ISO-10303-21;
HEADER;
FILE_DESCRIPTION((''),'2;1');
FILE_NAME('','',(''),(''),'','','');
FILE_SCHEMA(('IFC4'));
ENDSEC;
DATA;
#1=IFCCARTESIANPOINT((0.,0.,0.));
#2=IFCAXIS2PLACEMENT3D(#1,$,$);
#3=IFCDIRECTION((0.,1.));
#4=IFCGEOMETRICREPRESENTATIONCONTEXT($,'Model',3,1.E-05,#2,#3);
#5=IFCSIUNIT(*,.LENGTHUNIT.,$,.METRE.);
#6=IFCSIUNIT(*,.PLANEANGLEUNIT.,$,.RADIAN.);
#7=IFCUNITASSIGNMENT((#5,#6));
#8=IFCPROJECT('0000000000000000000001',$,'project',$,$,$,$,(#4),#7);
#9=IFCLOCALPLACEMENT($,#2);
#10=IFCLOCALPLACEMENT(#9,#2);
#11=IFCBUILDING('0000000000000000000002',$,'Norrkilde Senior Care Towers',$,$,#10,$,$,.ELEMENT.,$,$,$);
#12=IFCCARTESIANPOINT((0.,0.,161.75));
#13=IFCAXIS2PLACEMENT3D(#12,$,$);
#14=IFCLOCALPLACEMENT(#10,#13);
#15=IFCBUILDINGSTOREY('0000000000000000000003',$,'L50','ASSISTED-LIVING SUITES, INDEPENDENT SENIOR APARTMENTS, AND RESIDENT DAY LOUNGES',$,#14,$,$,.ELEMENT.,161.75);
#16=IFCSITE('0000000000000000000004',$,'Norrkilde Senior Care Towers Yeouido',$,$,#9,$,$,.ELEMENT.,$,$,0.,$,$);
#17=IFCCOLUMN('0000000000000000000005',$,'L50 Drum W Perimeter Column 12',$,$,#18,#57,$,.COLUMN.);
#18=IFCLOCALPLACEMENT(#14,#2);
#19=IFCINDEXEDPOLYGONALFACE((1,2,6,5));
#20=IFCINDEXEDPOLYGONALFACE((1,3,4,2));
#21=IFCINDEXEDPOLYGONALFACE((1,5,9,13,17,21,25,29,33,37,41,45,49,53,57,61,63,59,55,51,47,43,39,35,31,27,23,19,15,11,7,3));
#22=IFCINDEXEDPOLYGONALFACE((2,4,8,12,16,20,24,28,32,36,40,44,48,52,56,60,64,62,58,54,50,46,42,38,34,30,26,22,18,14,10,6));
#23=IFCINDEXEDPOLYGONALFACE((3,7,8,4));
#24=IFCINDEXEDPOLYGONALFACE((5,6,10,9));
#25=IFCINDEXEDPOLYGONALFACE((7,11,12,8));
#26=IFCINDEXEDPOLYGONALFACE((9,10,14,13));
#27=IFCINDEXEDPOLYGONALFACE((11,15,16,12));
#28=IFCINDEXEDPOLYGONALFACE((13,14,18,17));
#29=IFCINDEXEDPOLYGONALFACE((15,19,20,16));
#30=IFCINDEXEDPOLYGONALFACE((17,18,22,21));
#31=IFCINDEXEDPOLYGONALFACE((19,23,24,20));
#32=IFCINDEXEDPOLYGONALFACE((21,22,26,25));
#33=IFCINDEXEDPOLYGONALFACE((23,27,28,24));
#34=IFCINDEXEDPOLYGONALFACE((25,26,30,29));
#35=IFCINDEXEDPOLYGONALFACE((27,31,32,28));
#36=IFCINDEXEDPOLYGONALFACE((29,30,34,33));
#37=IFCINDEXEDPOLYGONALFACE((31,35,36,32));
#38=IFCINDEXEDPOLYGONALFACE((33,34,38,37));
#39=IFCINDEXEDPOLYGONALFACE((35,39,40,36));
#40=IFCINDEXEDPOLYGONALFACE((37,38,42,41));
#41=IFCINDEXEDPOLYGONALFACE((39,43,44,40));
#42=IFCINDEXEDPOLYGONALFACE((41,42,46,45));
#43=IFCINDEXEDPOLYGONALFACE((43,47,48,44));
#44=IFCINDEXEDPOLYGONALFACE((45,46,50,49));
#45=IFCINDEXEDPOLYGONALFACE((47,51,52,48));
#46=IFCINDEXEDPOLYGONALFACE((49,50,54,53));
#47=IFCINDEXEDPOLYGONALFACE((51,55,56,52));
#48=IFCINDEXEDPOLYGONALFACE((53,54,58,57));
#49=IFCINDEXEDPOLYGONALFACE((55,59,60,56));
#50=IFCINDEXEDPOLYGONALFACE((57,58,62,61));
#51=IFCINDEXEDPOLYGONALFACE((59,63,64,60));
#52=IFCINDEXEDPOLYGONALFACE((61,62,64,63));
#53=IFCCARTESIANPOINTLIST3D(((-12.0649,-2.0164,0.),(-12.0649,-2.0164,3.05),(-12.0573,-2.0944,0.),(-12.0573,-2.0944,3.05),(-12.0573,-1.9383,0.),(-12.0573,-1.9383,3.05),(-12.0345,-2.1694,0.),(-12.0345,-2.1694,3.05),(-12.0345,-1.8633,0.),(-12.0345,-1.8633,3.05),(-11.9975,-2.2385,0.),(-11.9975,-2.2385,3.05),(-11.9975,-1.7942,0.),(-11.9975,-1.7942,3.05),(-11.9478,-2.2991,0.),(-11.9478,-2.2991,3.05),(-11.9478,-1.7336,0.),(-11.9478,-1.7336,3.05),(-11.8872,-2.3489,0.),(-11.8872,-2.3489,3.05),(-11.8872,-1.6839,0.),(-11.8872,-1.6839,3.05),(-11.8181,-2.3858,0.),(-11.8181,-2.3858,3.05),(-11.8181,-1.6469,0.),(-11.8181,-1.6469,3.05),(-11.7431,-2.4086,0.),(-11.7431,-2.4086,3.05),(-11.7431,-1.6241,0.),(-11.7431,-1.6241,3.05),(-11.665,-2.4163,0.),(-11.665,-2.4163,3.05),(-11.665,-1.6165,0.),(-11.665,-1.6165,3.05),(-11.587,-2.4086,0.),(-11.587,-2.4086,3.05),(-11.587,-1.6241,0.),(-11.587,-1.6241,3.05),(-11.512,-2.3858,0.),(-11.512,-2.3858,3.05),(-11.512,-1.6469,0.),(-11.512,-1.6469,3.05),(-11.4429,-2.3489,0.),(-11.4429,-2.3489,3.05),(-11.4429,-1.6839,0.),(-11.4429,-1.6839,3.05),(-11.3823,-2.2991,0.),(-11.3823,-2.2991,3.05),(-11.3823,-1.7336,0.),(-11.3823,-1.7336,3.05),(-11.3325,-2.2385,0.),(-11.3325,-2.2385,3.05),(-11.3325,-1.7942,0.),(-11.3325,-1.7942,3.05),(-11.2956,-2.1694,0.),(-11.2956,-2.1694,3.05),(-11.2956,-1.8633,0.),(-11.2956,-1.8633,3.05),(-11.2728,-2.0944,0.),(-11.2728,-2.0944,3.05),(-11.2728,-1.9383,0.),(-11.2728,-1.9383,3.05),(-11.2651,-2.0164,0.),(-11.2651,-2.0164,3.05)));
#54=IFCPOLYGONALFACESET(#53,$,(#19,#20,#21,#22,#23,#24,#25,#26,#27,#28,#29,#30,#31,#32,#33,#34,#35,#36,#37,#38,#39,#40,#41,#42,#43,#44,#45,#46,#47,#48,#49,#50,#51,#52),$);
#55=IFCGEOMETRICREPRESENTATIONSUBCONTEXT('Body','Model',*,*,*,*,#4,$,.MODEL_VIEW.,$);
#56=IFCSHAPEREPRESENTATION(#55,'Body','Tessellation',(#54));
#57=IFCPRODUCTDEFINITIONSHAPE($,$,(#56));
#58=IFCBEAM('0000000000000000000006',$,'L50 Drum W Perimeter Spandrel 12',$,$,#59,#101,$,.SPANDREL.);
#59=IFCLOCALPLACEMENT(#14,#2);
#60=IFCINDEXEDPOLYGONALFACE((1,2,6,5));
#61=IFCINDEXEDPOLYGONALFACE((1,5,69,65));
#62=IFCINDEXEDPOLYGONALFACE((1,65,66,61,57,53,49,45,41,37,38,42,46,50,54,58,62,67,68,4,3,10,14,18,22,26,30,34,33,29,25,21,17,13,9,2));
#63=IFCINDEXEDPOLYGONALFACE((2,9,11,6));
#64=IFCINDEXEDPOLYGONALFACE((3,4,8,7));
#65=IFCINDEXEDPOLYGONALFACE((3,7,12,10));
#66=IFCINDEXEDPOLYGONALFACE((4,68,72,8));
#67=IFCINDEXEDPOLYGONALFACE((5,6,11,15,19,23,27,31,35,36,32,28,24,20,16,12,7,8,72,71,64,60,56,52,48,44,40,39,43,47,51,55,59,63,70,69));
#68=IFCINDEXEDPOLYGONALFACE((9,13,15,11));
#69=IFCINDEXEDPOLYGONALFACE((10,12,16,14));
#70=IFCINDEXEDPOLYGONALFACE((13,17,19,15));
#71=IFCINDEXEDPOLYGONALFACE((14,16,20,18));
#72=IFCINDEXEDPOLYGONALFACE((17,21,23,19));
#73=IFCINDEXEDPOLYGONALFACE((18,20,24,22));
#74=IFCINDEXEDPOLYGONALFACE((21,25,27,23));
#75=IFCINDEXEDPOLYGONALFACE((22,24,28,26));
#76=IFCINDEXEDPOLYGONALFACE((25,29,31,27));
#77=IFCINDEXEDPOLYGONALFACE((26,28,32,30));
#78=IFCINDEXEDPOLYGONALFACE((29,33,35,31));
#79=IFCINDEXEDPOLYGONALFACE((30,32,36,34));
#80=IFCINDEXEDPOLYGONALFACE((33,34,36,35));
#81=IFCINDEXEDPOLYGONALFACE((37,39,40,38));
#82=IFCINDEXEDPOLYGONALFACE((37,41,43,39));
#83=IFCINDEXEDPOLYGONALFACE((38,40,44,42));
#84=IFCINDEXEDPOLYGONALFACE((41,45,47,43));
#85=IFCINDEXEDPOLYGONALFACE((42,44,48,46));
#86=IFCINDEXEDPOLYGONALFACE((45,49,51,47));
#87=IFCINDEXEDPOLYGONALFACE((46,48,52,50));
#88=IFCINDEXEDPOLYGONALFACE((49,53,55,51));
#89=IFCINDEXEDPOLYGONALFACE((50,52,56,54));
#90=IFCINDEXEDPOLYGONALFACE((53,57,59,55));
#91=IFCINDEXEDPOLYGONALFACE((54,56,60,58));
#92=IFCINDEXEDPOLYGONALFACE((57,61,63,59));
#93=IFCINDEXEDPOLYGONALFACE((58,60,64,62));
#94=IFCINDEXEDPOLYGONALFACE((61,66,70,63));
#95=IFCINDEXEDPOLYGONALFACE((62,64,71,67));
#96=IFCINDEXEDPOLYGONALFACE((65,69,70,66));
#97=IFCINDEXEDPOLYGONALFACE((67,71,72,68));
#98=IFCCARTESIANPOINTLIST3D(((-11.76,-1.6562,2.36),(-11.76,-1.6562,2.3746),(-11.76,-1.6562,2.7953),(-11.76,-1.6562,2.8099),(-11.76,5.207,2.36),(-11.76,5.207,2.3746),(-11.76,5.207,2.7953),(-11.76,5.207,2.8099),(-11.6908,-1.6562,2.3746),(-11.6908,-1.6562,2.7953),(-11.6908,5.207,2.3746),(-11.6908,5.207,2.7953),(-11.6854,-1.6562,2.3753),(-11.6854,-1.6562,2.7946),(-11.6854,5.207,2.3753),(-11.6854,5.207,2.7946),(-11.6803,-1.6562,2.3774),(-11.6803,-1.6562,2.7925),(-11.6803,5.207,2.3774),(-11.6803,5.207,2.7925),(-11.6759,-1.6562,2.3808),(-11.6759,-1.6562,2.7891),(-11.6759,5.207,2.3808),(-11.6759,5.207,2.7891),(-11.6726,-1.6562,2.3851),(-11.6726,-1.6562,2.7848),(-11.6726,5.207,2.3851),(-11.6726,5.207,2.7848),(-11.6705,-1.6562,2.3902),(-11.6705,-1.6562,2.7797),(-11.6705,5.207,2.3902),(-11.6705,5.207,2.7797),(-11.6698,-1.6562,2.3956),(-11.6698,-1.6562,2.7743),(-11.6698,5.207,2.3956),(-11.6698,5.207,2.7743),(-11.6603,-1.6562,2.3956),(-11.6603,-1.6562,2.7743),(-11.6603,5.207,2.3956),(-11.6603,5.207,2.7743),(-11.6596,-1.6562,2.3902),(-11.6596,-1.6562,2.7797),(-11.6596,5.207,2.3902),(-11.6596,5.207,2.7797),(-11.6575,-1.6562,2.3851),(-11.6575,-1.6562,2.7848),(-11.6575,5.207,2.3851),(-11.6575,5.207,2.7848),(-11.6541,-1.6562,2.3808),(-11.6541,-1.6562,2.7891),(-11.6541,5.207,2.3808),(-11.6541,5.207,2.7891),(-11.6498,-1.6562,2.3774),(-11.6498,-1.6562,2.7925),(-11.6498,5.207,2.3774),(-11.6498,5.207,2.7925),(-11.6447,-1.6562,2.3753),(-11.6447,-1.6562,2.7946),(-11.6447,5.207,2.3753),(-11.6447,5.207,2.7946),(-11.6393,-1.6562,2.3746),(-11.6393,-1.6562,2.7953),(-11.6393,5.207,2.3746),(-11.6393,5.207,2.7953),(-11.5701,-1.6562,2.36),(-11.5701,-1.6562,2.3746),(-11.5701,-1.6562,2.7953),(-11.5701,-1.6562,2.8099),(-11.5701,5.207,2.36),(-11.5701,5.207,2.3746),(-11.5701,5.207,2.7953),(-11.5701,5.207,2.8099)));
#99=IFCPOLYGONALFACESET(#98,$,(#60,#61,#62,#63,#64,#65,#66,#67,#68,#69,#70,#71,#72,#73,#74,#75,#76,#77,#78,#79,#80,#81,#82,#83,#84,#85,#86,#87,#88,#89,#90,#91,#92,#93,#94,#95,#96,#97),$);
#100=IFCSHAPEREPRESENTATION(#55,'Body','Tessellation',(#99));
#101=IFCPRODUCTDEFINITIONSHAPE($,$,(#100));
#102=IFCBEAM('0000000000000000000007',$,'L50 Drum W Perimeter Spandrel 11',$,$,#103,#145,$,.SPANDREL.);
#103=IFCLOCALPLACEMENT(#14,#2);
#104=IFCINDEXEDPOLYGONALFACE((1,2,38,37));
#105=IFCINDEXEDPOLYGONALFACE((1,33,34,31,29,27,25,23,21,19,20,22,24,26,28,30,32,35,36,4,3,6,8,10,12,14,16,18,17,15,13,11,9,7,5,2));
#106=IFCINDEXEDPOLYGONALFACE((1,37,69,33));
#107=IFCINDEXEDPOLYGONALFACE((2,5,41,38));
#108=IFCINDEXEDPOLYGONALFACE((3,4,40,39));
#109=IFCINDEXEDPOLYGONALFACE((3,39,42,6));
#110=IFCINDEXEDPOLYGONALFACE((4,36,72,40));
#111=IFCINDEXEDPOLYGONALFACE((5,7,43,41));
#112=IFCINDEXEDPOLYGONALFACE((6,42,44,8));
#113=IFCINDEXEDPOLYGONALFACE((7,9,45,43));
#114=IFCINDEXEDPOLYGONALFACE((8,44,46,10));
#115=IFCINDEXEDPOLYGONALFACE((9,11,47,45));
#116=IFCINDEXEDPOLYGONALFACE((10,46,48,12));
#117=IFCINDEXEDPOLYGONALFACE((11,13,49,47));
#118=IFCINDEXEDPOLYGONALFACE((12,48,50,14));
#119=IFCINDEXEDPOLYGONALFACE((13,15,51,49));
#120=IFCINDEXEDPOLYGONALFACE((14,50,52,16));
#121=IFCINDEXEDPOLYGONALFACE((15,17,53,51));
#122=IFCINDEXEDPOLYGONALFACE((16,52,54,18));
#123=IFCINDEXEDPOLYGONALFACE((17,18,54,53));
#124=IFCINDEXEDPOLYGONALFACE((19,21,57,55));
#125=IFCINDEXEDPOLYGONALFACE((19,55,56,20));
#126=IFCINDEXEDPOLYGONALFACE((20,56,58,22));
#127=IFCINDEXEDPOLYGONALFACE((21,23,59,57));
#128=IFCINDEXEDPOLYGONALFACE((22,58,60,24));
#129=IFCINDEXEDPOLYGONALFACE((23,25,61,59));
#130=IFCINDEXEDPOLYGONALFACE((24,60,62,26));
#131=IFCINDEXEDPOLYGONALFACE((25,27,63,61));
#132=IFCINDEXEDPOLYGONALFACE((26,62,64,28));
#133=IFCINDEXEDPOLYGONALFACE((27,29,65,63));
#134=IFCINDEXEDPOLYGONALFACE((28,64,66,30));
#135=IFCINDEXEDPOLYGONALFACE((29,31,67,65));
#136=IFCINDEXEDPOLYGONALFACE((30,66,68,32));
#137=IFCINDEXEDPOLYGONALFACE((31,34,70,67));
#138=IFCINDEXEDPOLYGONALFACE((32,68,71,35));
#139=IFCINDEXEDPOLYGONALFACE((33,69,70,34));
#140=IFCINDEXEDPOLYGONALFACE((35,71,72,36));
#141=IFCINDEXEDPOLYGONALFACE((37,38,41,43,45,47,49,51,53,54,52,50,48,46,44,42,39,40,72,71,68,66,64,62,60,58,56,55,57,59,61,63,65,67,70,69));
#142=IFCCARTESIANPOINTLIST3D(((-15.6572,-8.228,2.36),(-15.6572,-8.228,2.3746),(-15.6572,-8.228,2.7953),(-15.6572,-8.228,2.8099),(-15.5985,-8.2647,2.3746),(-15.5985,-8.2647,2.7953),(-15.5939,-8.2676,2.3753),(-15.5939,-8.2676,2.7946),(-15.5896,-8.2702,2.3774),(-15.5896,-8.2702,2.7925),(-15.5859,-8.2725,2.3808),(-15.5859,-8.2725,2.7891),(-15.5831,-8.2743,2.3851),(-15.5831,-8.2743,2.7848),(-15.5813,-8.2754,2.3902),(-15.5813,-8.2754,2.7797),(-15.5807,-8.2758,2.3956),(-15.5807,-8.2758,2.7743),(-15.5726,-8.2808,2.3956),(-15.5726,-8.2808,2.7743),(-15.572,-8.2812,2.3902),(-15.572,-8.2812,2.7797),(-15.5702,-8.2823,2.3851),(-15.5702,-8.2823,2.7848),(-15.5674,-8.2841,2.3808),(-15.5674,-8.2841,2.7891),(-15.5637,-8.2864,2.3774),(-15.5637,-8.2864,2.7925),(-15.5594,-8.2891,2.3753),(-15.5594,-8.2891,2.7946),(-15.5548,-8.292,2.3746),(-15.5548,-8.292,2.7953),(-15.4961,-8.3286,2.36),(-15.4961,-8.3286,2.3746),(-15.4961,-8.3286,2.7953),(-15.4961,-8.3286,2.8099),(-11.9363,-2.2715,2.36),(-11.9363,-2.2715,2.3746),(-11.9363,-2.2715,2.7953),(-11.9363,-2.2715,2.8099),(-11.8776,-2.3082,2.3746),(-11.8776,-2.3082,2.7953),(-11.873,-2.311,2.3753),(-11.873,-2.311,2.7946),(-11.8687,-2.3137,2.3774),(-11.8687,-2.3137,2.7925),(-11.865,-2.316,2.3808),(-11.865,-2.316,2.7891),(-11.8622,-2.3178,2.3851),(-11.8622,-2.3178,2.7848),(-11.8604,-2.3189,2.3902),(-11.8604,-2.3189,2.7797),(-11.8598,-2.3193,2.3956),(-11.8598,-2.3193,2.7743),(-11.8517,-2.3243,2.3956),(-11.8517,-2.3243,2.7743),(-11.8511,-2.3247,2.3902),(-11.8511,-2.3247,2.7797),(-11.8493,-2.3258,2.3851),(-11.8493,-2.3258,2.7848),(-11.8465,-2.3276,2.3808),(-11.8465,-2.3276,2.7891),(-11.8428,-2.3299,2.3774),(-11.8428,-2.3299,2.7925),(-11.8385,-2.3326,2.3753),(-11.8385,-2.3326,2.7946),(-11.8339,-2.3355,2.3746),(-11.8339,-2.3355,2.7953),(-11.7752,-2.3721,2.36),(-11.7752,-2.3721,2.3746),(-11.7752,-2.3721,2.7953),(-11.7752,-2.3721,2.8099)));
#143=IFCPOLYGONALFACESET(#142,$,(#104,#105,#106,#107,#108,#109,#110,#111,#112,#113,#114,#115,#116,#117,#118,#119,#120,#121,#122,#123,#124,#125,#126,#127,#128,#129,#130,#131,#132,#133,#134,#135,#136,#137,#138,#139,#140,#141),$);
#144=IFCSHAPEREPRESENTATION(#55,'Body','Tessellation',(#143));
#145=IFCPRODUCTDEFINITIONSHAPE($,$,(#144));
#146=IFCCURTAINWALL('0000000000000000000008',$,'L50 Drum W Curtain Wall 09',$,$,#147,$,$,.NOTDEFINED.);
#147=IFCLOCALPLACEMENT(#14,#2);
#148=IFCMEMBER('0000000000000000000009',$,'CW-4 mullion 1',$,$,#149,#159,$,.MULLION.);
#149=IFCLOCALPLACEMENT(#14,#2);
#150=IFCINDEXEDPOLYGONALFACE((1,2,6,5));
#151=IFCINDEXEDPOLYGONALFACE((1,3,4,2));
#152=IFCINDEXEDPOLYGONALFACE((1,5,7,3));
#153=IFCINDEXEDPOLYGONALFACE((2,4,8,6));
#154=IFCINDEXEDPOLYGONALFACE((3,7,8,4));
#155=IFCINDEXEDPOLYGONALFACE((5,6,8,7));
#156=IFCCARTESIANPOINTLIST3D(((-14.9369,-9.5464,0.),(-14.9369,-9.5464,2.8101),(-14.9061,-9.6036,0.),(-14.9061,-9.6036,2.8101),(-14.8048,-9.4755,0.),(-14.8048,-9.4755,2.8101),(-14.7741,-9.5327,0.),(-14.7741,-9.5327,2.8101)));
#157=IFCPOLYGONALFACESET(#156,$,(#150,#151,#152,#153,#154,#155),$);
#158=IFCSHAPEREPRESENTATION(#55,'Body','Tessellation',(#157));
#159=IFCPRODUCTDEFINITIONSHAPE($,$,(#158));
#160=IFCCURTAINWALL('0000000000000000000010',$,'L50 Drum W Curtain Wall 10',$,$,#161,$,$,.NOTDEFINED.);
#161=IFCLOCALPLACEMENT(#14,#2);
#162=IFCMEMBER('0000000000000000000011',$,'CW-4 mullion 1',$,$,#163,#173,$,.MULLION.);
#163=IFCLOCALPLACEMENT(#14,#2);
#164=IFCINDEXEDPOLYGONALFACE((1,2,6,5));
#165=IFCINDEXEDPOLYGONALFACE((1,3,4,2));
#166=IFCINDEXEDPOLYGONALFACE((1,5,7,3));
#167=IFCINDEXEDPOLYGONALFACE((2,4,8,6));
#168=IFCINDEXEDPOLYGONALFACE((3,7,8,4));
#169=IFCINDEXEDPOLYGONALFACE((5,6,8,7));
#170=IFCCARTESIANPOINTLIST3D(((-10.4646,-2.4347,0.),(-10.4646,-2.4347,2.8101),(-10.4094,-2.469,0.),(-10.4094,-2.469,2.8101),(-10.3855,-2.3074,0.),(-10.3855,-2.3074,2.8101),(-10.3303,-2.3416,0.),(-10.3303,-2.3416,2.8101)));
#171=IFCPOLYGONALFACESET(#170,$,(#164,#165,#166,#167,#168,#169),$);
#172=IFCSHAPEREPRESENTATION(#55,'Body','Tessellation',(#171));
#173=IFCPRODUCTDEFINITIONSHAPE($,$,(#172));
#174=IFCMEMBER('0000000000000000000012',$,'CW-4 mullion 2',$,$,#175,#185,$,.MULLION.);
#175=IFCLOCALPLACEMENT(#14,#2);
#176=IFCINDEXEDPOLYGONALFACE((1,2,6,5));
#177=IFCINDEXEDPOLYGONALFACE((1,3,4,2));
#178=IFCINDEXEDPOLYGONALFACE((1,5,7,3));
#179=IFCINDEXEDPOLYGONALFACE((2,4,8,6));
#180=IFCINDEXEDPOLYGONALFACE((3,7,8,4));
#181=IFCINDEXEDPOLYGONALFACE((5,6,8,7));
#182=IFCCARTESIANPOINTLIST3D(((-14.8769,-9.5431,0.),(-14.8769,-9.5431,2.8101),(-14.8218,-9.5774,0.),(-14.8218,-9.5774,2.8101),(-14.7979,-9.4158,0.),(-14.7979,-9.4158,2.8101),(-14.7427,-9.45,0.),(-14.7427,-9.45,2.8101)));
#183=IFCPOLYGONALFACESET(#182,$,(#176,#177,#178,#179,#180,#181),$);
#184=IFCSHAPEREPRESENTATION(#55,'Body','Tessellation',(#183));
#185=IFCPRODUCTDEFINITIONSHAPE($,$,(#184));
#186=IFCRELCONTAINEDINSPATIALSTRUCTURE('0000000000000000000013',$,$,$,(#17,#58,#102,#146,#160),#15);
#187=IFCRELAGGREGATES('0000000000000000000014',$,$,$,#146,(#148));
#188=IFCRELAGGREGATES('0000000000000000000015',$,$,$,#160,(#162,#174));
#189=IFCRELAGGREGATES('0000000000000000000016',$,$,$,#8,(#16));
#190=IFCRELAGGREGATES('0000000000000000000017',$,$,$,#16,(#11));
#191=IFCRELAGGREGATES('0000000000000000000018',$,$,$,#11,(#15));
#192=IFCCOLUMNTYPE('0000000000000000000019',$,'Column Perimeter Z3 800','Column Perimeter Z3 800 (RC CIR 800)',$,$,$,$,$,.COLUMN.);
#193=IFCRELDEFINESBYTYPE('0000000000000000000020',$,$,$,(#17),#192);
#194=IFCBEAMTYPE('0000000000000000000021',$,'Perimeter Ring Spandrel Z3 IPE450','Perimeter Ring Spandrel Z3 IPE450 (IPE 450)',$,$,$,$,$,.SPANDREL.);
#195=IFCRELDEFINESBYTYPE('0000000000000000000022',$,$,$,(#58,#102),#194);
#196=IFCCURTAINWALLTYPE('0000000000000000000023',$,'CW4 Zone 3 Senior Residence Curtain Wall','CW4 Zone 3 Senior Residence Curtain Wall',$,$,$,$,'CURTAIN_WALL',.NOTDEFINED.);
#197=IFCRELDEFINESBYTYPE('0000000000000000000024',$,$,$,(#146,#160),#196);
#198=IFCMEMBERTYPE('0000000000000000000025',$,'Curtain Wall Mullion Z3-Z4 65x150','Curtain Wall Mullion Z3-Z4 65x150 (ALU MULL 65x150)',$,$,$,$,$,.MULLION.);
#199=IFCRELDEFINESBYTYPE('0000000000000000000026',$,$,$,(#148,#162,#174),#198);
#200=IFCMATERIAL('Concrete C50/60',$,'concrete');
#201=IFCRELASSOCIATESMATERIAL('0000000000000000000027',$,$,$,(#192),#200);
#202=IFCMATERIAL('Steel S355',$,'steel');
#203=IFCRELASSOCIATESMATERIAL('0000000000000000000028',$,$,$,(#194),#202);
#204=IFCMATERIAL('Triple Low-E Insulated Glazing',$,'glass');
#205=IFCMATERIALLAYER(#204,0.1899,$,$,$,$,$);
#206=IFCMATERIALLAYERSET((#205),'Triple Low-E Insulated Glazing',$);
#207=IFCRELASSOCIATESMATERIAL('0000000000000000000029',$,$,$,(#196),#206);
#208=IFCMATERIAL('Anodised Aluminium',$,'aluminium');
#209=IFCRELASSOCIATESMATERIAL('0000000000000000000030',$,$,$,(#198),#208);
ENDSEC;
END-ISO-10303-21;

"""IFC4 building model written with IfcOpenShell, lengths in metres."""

from ifc_helpers import new_model, si_unit, direction, frame, origin, origin_2d, place, context, subcontext, project, spatial, rectangle, circle, i_section, extrude, source, transform, mapped, material, layer, layer_set, material_profile, profile_set, type_object, type_shapes, element, aggregate, save


model = new_model("IFC4")

# Units and contexts
model_context = context("Model", 3, precision=1e-05, world=origin(), true_north=direction((0.0, 1.0)))
body_context = subcontext(model_context, "Body", "Model", "MODEL_VIEW")
ifc_project = project(units=[si_unit("LENGTHUNIT", "METRE"), si_unit("PLANEANGLEUNIT", "RADIAN")], contexts=[model_context])

# Site, building, storey
site_placement = place(None, origin())
site = spatial("IfcSite", under=ifc_project, at=site_placement, Name="Norrkilde Senior Care Towers Yeouido", CompositionType="ELEMENT", RefElevation=0.0)
building_placement = place(site_placement, origin())
building = spatial("IfcBuilding", under=site, at=building_placement, Name="Norrkilde Senior Care Towers", CompositionType="ELEMENT")
storey_placement = place(building_placement, frame((0.0, 0.0, 161.75)))
storey = spatial("IfcBuildingStorey", under=building, at=storey_placement, Name="L50", Description="ASSISTED-LIVING SUITES, INDEPENDENT SENIOR APARTMENTS, AND RESIDENT DAY LOUNGES", CompositionType="ELEMENT", Elevation=161.75)

# Column
ifc_material_1 = material(Name="Concrete C50/60", Category="concrete")
ifc_material_profile_1 = material_profile(ifc_material_1, circle(Radius=0.3999, at=origin_2d()), Name="RC CIR 800")
ifc_profile_set_1 = profile_set([ifc_material_profile_1], Name="Concrete C50/60")
column_type = type_object("IfcColumnType", Name="Column Perimeter Z3 800", Description="Column Perimeter Z3 800 (RC CIR 800)", PredefinedType="COLUMN", material=ifc_profile_set_1)
shared_shape_1 = source(origin(), body_context, "Body", "SweptSolid", [
    extrude(circle(Radius=0.3999, at=origin_2d()), origin(), (0.0, 0.0, 1.0), 3.05),
])
type_shapes(column_type, [shared_shape_1])
column_placement = place(storey_placement, frame((-11.665, -2.0164, 0.0), z_axis=(0.0, 0.0, 1.0), x_axis=(1.0, 0.0, 0.0)))
element("IfcColumn", 1, at=column_placement, inside=storey, type_object=column_type, Name="L50 Drum W Perimeter Column 12", PredefinedType="COLUMN", context=body_context, shape_type="MappedRepresentation", body=[
    mapped(shared_shape_1, transform((0.0, 0.0, 0.0), x_axis=(1.0, 0.0, 0.0), y_axis=(0.0, 1.0, 0.0), z_axis=(0.0, 0.0, 1.0), scale=1.0)),
])

# Beams
ifc_material_2 = material(Name="Steel S355", Category="steel")
ifc_material_profile_2 = material_profile(ifc_material_2, i_section(OverallWidth=0.1899, OverallDepth=0.45, WebThickness=0.0095, FlangeThickness=0.0146, FilletRadius=0.021, at=origin_2d()), Name="IPE 450")
ifc_profile_set_2 = profile_set([ifc_material_profile_2], Name="Steel S355")
beam_type = type_object("IfcBeamType", Name="Perimeter Ring Spandrel Z3 IPE450", Description="Perimeter Ring Spandrel Z3 IPE450 (IPE 450)", PredefinedType="SPANDREL", material=ifc_profile_set_2)
shared_shape_2 = source(origin(), body_context, "Body", "SweptSolid", [
    extrude(i_section(OverallWidth=0.1899, OverallDepth=0.45, WebThickness=0.0095, FlangeThickness=0.0146, FilletRadius=0.021, at=origin_2d()), origin(), (0.0, 0.0, 1.0), 6.8633),
])
beam_1_placement = place(storey_placement, frame((-11.665, -1.6562, 2.585), z_axis=(0.0, 1.0, 0.0), x_axis=(-1.0, 0.0, 0.0)))
element("IfcBeam", 2, at=beam_1_placement, inside=storey, type_object=beam_type, Name="L50 Drum W Perimeter Spandrel 12", PredefinedType="SPANDREL", context=body_context, shape_type="MappedRepresentation", body=[
    mapped(shared_shape_2, transform((0.0, 0.0, 0.0), x_axis=(1.0, 0.0, 0.0), y_axis=(0.0, 1.0, 0.0), z_axis=(0.0, 0.0, 1.0), scale=1.0)),
])
shared_shape_3 = source(origin(), body_context, "Body", "SweptSolid", [
    extrude(i_section(OverallWidth=0.1899, OverallDepth=0.45, WebThickness=0.0095, FlangeThickness=0.0146, FilletRadius=0.021, at=origin_2d()), origin(), (0.0, 0.0, 1.0), 7.0232),
])
type_shapes(beam_type, [shared_shape_2, shared_shape_3])
beam_2_placement = place(storey_placement, frame((-15.5767, -8.2783, 2.585), z_axis=(0.529805, 0.848119, 0.0), x_axis=(-0.848119, 0.529805, 0.0)))
element("IfcBeam", 3, at=beam_2_placement, inside=storey, type_object=beam_type, Name="L50 Drum W Perimeter Spandrel 11", PredefinedType="SPANDREL", context=body_context, shape_type="MappedRepresentation", body=[
    mapped(shared_shape_3, transform((0.0, 0.0, 0.0), x_axis=(1.0, 0.0, 0.0), y_axis=(0.0, 1.0, 0.0), z_axis=(0.0, 0.0, 1.0), scale=1.0)),
])

# Curtain wall, member
ifc_material_3 = material(Name="Triple Low-E Insulated Glazing", Category="glass")
ifc_layer_1 = layer(ifc_material_3, 0.1899)
ifc_layer_set_1 = layer_set([ifc_layer_1], Name="Triple Low-E Insulated Glazing")
curtain_wall_type = type_object("IfcCurtainWallType", Name="CW4 Zone 3 Senior Residence Curtain Wall", Description="CW4 Zone 3 Senior Residence Curtain Wall", ElementType="CURTAIN_WALL", PredefinedType="NOTDEFINED", material=ifc_layer_set_1)
curtain_wall_1_placement = place(storey_placement, origin())
curtain_wall_1 = element("IfcCurtainWall", 4, at=curtain_wall_1_placement, inside=storey, type_object=curtain_wall_type, Name="L50 Drum W Curtain Wall 09", PredefinedType="NOTDEFINED")
ifc_material_4 = material(Name="Anodised Aluminium", Category="aluminium")
ifc_material_profile_3 = material_profile(ifc_material_4, rectangle(XDim=0.0649, YDim=0.1499, at=origin_2d()), Name="ALU MULL 65x150")
ifc_profile_set_3 = profile_set([ifc_material_profile_3], Name="Anodised Aluminium")
member_type_1 = type_object("IfcMemberType", Name="Curtain Wall Mullion Z3-Z4 65x150", Description="Curtain Wall Mullion Z3-Z4 65x150 (ALU MULL 65x150)", PredefinedType="MULLION", material=ifc_profile_set_3)
shared_shape_4 = source(origin(), body_context, "Body", "SweptSolid", [
    extrude(rectangle(XDim=0.0649, YDim=0.1499, at=origin_2d()), origin(), (0.0, 0.0, 1.0), 2.8101),
])
type_shapes(member_type_1, [shared_shape_4])
member_1_placement = place(storey_placement, frame((-14.8555, -9.5396, 0.0), z_axis=(0.0, 0.0, 1.0), x_axis=(0.473117, -0.881, 0.0)))
member_1 = element("IfcMember", 5, at=member_1_placement, type_object=member_type_1, Name="CW-4 mullion 1", PredefinedType="MULLION", context=body_context, shape_type="MappedRepresentation", body=[
    mapped(shared_shape_4, transform((0.0, 0.0, 0.0), x_axis=(1.0, 0.0, 0.0), y_axis=(0.0, 1.0, 0.0), z_axis=(0.0, 0.0, 1.0), scale=1.0)),
])

# Curtain wall, members
curtain_wall_2_placement = place(storey_placement, origin())
curtain_wall_2 = element("IfcCurtainWall", 6, at=curtain_wall_2_placement, inside=storey, type_object=curtain_wall_type, Name="L50 Drum W Curtain Wall 10", PredefinedType="NOTDEFINED")
member_2_placement = place(storey_placement, frame((-10.3975, -2.3882, 0.0), z_axis=(0.0, 0.0, 1.0), x_axis=(0.849634, -0.527373, 0.0)))
member_2 = element("IfcMember", 7, at=member_2_placement, type_object=member_type_1, Name="CW-4 mullion 1", PredefinedType="MULLION", context=body_context, shape_type="MappedRepresentation", body=[
    mapped(shared_shape_4, transform((0.0, 0.0, 0.0), x_axis=(1.0, 0.0, 0.0), y_axis=(0.0, 1.0, 0.0), z_axis=(0.0, 0.0, 1.0), scale=1.0)),
])
member_3_placement = place(storey_placement, frame((-14.8098, -9.4966, 0.0), z_axis=(0.0, 0.0, 1.0), x_axis=(0.849634, -0.527373, 0.0)))
member_3 = element("IfcMember", 8, at=member_3_placement, type_object=member_type_1, Name="CW-4 mullion 2", PredefinedType="MULLION", context=body_context, shape_type="MappedRepresentation", body=[
    mapped(shared_shape_4, transform((0.0, 0.0, 0.0), x_axis=(1.0, 0.0, 0.0), y_axis=(0.0, 1.0, 0.0), z_axis=(0.0, 0.0, 1.0), scale=1.0)),
])

aggregate(curtain_wall_1, [member_1])

aggregate(curtain_wall_2, [member_2, member_3])

save(model, "model.ifc")
